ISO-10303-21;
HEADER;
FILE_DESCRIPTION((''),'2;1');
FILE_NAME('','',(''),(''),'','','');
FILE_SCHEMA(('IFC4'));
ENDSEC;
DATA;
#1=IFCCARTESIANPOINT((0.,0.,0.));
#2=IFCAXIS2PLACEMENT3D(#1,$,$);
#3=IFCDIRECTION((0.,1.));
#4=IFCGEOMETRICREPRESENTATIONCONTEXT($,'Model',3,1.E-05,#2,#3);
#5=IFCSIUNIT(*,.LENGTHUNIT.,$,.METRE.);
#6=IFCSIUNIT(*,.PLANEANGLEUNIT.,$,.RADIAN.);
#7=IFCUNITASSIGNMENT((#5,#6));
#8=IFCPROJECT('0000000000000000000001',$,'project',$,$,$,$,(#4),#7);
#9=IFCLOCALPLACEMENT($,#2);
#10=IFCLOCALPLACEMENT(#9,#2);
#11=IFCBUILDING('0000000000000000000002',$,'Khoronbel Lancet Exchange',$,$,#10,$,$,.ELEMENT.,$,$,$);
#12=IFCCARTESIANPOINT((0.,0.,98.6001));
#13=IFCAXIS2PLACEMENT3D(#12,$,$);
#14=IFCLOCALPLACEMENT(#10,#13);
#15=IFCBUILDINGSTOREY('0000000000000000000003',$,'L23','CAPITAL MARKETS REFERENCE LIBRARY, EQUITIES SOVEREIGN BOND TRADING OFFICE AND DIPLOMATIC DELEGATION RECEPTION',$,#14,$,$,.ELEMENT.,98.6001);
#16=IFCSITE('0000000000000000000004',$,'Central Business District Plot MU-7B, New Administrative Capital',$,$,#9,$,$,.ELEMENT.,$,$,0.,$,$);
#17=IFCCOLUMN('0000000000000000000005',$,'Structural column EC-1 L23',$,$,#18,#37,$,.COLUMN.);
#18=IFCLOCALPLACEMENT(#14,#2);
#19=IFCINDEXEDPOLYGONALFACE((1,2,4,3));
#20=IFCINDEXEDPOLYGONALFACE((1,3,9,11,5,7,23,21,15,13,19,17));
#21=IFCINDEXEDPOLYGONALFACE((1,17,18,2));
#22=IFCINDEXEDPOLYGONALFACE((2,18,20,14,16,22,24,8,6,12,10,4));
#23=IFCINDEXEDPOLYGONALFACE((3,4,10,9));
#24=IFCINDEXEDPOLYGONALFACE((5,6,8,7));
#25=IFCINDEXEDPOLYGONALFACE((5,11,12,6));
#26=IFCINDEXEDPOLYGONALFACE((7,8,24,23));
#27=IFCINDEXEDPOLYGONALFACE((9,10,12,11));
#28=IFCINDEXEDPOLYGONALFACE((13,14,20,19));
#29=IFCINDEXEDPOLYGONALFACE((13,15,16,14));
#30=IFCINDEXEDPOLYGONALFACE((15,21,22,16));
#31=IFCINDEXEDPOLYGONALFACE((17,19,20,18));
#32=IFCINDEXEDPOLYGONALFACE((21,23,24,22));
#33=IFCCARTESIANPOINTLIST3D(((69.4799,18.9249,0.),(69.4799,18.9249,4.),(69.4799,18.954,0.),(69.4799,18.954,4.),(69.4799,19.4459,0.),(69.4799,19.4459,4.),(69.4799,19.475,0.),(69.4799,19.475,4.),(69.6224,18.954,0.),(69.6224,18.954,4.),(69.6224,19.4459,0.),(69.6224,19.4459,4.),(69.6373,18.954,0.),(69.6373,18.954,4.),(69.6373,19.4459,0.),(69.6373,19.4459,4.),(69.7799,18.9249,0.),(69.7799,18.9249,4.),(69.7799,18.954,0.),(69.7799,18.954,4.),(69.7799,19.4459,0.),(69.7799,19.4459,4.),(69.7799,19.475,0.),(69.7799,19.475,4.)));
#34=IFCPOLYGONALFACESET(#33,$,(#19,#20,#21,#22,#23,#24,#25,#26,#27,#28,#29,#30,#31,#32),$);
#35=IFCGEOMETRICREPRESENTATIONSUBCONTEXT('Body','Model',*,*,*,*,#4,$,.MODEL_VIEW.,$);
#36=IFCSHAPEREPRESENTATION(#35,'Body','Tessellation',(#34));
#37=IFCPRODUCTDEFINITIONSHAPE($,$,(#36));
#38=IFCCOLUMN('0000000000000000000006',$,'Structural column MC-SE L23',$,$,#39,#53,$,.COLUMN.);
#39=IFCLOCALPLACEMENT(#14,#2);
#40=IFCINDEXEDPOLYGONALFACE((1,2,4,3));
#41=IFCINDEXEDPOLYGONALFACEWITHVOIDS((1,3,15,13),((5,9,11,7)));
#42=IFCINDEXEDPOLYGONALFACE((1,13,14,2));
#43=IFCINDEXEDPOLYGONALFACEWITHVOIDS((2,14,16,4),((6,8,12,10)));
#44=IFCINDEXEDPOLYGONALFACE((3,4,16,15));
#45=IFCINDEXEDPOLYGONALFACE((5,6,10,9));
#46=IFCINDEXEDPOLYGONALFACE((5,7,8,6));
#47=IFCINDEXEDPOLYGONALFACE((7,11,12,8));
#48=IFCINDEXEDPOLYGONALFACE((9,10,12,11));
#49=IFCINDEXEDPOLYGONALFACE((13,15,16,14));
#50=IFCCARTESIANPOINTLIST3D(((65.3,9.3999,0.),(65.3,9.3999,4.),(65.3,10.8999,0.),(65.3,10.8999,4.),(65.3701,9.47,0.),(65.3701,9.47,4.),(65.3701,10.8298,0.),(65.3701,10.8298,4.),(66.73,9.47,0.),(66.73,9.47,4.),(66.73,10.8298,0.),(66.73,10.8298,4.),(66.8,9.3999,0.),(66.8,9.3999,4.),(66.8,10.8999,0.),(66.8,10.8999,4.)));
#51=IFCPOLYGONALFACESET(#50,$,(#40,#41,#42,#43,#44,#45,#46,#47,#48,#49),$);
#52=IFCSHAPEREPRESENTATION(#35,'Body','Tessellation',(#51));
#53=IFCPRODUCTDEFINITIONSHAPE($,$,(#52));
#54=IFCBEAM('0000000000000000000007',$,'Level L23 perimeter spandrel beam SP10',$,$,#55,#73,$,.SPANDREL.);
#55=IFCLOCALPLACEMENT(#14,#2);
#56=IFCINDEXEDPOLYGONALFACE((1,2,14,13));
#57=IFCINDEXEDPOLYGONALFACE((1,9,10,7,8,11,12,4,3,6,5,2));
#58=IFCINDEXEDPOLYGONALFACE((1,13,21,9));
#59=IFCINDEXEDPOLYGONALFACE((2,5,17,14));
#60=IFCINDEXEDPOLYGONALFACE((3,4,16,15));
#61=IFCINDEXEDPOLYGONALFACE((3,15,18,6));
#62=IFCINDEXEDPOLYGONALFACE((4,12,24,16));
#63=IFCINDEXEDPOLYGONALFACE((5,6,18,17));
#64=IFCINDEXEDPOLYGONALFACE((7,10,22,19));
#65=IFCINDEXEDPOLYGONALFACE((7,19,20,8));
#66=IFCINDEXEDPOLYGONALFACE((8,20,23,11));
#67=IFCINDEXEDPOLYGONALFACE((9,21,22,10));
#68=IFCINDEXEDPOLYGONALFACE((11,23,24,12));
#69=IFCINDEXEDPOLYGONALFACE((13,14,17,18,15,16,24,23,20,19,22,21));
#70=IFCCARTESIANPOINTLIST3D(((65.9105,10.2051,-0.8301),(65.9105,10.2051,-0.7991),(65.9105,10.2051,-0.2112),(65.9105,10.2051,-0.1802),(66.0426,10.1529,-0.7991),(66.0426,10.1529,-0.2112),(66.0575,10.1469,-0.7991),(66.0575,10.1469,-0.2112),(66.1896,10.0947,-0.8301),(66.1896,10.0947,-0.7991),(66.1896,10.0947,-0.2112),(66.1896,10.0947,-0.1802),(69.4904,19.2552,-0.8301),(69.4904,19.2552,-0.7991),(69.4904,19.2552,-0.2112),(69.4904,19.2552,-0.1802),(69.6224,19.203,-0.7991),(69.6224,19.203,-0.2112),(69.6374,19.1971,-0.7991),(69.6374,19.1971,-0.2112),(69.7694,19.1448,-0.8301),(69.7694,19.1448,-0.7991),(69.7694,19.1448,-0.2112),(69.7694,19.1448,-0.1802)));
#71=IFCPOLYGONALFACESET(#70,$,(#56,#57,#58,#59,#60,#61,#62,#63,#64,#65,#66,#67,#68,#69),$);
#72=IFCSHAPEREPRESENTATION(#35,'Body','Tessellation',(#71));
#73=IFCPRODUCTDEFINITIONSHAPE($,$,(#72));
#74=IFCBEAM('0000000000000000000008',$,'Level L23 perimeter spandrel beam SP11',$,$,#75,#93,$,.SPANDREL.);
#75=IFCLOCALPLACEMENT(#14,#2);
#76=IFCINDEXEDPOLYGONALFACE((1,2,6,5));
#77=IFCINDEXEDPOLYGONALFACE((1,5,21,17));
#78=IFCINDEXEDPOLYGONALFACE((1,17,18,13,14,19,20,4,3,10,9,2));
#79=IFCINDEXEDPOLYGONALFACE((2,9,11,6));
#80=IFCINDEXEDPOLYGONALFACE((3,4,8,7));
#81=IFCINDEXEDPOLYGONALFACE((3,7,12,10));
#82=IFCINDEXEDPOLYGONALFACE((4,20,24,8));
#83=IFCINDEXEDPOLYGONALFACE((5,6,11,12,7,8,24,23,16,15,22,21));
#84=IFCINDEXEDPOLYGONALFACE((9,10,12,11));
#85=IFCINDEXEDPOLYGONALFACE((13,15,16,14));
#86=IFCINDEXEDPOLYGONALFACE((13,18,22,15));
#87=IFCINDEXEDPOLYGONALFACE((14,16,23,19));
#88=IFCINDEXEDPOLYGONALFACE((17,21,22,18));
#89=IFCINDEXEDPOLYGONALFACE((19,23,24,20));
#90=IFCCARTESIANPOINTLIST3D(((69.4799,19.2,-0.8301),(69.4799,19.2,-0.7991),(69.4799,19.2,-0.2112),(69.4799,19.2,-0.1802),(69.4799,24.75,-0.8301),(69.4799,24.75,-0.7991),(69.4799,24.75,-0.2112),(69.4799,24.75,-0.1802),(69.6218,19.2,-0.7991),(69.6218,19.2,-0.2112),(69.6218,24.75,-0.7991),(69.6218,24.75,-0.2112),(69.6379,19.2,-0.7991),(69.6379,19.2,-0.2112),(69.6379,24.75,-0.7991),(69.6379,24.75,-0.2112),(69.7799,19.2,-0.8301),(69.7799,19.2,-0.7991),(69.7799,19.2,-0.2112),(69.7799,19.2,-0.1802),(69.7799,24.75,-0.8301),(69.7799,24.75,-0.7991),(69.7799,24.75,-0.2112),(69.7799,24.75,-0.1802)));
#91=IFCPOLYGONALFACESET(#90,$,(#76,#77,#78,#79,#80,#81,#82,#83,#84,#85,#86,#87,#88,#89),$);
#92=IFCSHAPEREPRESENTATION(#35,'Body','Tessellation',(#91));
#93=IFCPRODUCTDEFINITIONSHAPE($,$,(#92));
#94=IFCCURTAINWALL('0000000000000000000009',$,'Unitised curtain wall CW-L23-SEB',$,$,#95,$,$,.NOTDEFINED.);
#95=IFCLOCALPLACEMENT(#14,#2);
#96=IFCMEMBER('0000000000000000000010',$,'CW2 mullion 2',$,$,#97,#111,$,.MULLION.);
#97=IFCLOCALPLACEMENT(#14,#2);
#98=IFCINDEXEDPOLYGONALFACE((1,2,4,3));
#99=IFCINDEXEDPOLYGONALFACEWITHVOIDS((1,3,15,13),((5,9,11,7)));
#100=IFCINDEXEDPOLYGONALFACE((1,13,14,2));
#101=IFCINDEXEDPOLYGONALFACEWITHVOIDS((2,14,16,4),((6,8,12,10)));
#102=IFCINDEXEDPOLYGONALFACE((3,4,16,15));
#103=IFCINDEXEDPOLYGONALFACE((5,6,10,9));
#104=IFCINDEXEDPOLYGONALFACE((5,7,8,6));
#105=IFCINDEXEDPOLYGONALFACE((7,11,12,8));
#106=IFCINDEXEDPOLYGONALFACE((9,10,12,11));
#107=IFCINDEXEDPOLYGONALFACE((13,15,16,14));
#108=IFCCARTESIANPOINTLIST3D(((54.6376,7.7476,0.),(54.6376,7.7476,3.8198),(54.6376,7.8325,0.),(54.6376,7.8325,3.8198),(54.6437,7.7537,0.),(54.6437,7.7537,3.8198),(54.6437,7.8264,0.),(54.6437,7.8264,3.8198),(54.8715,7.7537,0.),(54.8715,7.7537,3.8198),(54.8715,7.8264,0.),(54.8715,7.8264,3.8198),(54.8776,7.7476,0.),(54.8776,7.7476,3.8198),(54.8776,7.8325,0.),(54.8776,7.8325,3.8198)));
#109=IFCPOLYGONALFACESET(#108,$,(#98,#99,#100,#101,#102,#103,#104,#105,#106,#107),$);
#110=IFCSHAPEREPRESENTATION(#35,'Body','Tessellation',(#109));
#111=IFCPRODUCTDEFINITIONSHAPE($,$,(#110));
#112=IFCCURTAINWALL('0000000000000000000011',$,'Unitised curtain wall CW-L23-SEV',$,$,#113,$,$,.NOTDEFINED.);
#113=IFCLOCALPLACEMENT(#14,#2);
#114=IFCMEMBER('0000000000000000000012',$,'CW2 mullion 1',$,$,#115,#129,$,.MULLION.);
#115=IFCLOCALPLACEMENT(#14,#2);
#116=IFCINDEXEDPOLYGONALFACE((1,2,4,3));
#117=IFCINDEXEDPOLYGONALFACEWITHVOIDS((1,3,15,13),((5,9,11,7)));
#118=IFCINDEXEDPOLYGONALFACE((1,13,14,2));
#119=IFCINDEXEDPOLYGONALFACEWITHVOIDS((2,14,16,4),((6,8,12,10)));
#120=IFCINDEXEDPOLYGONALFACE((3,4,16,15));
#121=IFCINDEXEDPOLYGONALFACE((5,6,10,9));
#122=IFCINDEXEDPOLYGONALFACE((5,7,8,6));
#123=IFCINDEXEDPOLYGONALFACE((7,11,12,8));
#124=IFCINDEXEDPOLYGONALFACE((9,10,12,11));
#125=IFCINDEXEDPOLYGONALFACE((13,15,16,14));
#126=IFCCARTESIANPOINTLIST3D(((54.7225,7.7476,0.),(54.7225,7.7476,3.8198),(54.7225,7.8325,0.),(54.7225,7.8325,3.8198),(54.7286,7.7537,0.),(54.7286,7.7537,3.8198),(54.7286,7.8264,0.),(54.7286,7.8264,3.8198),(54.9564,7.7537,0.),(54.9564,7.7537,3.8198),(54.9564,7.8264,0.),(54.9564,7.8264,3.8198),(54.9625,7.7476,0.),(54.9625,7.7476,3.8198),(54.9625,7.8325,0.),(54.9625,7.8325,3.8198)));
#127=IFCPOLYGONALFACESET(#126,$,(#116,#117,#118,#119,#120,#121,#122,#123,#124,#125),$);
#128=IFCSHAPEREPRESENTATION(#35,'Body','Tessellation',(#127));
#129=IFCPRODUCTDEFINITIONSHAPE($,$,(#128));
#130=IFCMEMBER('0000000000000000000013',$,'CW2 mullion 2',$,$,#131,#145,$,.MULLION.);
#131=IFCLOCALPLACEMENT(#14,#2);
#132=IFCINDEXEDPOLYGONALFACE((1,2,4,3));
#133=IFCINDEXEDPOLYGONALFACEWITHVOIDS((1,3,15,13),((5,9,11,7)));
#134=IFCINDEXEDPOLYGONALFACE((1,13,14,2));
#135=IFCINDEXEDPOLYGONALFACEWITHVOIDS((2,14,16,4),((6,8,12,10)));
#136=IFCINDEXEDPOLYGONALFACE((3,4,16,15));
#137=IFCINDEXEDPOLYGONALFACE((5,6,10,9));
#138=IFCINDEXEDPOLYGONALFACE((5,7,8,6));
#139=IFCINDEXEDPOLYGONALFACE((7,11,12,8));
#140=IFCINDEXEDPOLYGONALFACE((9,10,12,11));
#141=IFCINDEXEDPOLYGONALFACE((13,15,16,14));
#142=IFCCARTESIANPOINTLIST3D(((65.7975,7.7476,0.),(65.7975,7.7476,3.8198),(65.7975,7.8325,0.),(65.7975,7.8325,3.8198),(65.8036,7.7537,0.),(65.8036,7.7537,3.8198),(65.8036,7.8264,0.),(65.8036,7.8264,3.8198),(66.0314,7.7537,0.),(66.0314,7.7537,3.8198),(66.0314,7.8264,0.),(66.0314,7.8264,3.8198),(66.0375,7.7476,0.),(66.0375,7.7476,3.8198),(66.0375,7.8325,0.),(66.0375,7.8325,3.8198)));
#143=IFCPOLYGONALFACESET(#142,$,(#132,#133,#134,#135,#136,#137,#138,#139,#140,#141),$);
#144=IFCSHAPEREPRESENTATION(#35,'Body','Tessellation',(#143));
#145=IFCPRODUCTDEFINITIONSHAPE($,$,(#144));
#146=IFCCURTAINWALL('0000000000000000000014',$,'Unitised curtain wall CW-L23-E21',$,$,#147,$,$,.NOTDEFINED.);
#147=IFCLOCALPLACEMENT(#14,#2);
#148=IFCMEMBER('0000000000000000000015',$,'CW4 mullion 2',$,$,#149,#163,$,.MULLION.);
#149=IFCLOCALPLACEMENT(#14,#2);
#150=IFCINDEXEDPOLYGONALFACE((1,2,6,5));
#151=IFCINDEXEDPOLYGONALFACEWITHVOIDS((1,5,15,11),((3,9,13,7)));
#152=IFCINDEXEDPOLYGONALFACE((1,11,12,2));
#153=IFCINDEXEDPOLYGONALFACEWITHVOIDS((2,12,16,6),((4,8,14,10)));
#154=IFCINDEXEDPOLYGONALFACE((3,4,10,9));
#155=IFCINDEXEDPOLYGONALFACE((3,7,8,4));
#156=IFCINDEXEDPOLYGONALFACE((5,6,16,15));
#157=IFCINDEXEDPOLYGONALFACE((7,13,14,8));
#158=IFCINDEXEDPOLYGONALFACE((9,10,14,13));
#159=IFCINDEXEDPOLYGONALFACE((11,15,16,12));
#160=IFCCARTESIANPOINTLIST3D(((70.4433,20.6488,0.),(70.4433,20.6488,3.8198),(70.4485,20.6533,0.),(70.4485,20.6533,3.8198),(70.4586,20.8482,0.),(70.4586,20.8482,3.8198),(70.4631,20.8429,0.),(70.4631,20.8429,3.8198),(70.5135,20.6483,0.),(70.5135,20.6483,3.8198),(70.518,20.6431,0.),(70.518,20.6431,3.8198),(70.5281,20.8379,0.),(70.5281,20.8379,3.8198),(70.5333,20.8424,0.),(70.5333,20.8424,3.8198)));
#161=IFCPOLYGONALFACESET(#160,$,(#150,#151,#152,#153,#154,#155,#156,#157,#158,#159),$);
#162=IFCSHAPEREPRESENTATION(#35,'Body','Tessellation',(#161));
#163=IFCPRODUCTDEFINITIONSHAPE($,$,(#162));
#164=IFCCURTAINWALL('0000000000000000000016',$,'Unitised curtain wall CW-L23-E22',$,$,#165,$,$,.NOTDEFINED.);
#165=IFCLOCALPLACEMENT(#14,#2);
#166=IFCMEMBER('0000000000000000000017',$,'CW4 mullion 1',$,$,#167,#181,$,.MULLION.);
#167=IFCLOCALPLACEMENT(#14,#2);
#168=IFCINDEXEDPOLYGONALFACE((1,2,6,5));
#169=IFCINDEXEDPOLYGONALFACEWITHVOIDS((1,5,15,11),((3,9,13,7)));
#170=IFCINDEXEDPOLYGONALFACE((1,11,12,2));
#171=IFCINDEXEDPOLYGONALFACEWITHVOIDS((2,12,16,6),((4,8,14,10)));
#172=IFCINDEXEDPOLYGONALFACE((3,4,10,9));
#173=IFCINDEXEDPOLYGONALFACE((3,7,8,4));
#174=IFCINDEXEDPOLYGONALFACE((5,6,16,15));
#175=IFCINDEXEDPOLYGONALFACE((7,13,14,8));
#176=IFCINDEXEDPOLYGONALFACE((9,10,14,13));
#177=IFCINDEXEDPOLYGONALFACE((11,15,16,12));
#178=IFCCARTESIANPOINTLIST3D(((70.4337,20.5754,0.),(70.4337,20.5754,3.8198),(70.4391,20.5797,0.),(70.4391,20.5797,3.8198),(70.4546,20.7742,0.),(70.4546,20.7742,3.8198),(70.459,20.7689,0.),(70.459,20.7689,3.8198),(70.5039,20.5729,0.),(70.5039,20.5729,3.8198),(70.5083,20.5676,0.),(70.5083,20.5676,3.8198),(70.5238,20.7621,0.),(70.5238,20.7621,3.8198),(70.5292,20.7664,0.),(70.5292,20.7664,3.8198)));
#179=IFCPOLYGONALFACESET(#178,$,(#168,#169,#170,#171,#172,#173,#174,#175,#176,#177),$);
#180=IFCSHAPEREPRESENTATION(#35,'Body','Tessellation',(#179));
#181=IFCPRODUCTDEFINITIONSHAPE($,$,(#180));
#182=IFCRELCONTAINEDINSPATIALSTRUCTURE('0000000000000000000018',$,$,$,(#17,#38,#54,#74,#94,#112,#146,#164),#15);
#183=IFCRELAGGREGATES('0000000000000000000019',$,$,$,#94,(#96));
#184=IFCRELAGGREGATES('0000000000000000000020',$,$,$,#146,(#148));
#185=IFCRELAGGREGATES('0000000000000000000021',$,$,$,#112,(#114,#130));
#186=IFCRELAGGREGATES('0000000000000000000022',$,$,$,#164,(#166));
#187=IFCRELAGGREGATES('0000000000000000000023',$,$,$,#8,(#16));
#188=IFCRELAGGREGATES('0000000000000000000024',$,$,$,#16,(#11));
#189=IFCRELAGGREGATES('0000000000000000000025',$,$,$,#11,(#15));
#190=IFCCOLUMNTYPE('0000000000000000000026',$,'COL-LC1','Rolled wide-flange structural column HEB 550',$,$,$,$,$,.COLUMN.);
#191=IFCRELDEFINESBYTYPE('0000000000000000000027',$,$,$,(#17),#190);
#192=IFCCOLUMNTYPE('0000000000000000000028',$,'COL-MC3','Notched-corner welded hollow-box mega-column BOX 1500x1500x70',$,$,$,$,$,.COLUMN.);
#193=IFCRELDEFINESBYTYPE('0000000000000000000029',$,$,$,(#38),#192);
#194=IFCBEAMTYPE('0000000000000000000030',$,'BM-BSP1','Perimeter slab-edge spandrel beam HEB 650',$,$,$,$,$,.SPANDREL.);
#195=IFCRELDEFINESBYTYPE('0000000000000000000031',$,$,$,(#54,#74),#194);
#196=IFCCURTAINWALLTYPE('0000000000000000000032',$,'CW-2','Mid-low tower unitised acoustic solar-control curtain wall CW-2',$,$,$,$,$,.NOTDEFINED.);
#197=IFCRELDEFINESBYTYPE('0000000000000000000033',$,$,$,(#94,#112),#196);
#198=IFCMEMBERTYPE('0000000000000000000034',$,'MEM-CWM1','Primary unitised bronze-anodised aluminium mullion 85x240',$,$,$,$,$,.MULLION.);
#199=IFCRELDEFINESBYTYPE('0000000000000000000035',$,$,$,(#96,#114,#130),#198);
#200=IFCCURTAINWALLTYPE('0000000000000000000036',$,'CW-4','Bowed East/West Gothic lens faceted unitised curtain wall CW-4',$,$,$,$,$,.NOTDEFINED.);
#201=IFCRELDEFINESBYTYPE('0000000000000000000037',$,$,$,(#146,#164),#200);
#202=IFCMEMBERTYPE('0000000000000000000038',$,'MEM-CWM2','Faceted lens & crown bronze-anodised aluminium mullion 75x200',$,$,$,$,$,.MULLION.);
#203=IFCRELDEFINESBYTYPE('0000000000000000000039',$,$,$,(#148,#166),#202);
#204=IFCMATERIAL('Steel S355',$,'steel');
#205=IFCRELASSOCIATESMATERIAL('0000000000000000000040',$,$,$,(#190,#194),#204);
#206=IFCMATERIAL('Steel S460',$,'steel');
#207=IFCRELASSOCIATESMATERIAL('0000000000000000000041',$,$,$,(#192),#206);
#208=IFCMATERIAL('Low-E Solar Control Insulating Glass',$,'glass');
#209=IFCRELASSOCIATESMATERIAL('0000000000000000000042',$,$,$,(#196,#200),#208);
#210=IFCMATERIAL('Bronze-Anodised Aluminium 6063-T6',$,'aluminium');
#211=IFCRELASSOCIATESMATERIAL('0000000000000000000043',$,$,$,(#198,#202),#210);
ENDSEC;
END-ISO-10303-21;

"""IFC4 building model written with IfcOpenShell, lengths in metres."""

from ifc_helpers import new_model, si_unit, direction, frame, origin, origin_2d, place, context, subcontext, project, spatial, hollow_rectangle, i_section, extrude, material, material_profile, profile_set, type_object, element, aggregate, save


model = new_model("IFC4")

# Units and contexts
model_context = context("Model", 3, precision=1e-05, world=origin(), true_north=direction((0.0, 1.0)))
body_context = subcontext(model_context, "Body", "Model", "MODEL_VIEW")
ifc_project = project(units=[si_unit("LENGTHUNIT", "METRE"), si_unit("PLANEANGLEUNIT", "RADIAN")], contexts=[model_context])

# Site, building, storey
site_placement = place(None, origin())
site = spatial("IfcSite", under=ifc_project, at=site_placement, Name="Central Business District Plot MU-7B, New Administrative Capital", CompositionType="ELEMENT", RefElevation=0.0)
building_placement = place(site_placement, origin())
building = spatial("IfcBuilding", under=site, at=building_placement, Name="Khoronbel Lancet Exchange", CompositionType="ELEMENT")
storey_placement = place(building_placement, frame((0.0, 0.0, 98.6001)))
storey = spatial("IfcBuildingStorey", under=building, at=storey_placement, Name="L23", Description="CAPITAL MARKETS REFERENCE LIBRARY, EQUITIES SOVEREIGN BOND TRADING OFFICE AND DIPLOMATIC DELEGATION RECEPTION", CompositionType="ELEMENT", Elevation=98.6001)

# Columns
ifc_material_1 = material(Name="Steel S355", Category="steel")
ifc_material_profile_1 = material_profile(ifc_material_1, i_section(OverallWidth=0.3, OverallDepth=0.55, WebThickness=0.0149, FlangeThickness=0.0291, at=origin_2d()), Name="HEB 550")
ifc_profile_set_1 = profile_set([ifc_material_profile_1], Name="Steel S355")
column_type_1 = type_object("IfcColumnType", Name="COL-LC1", Description="Rolled wide-flange structural column HEB 550", PredefinedType="COLUMN", material=ifc_profile_set_1)
column_1_placement = place(storey_placement, frame((69.6299, 19.2, 0.0), z_axis=(0.0, 0.0, 1.0), x_axis=(1.0, 0.0, 0.0)))
element("IfcColumn", 1, at=column_1_placement, inside=storey, type_object=column_type_1, Name="Structural column EC-1 L23", PredefinedType="COLUMN", context=body_context, shape_type="SweptSolid", body=[
    extrude(i_section(OverallWidth=0.3, OverallDepth=0.55, WebThickness=0.0149, FlangeThickness=0.0291, at=origin_2d()), origin(), (0.0, 0.0, 1.0), 4.0),
])
ifc_material_2 = material(Name="Steel S460", Category="steel")
ifc_material_profile_2 = material_profile(ifc_material_2, hollow_rectangle(XDim=1.5, YDim=1.5, WallThickness=0.0701, at=origin_2d()), Name="BOX 1500x1500x70")
ifc_profile_set_2 = profile_set([ifc_material_profile_2], Name="Steel S460")
column_type_2 = type_object("IfcColumnType", Name="COL-MC3", Description="Notched-corner welded hollow-box mega-column BOX 1500x1500x70", PredefinedType="COLUMN", material=ifc_profile_set_2)
column_2_placement = place(storey_placement, frame((66.05, 10.1499, 0.0), z_axis=(0.0, 0.0, 1.0), x_axis=(1.0, 0.0, 0.0)))
element("IfcColumn", 2, at=column_2_placement, inside=storey, type_object=column_type_2, Name="Structural column MC-SE L23", PredefinedType="COLUMN", context=body_context, shape_type="SweptSolid", body=[
    extrude(hollow_rectangle(XDim=1.5, YDim=1.5, WallThickness=0.0701, at=origin_2d()), origin(), (0.0, 0.0, 1.0), 4.0),
])

# Beams
ifc_material_profile_3 = material_profile(ifc_material_1, i_section(OverallWidth=0.3, OverallDepth=0.6499, WebThickness=0.0161, FlangeThickness=0.031, at=origin_2d()), Name="HEB 650")
ifc_profile_set_3 = profile_set([ifc_material_profile_3], Name="Steel S355")
beam_type = type_object("IfcBeamType", Name="BM-BSP1", Description="Perimeter slab-edge spandrel beam HEB 650", PredefinedType="SPANDREL", material=ifc_profile_set_3)
beam_1_placement = place(storey_placement, frame((66.05, 10.1499, -0.5051), z_axis=(0.367828, 0.929894, 0.0), x_axis=(-0.929894, 0.367828, 0.0)))
element("IfcBeam", 3, at=beam_1_placement, inside=storey, type_object=beam_type, Name="Level L23 perimeter spandrel beam SP10", PredefinedType="SPANDREL", context=body_context, shape_type="SweptSolid", body=[
    extrude(i_section(OverallWidth=0.3, OverallDepth=0.6499, WebThickness=0.0161, FlangeThickness=0.031, at=origin_2d()), origin(), (0.0, 0.0, 1.0), 9.7324),
])
beam_2_placement = place(storey_placement, frame((69.6299, 19.2, -0.5051), z_axis=(0.0, 1.0, 0.0), x_axis=(-1.0, 0.0, 0.0)))
element("IfcBeam", 4, at=beam_2_placement, inside=storey, type_object=beam_type, Name="Level L23 perimeter spandrel beam SP11", PredefinedType="SPANDREL", context=body_context, shape_type="SweptSolid", body=[
    extrude(i_section(OverallWidth=0.3, OverallDepth=0.6499, WebThickness=0.0161, FlangeThickness=0.031, at=origin_2d()), origin(), (0.0, 0.0, 1.0), 5.55),
])

# Curtain wall, member
ifc_material_3 = material(Name="Low-E Solar Control Insulating Glass", Category="glass")
curtain_wall_type_1 = type_object("IfcCurtainWallType", Name="CW-2", Description="Mid-low tower unitised acoustic solar-control curtain wall CW-2", PredefinedType="NOTDEFINED", material=ifc_material_3)
curtain_wall_1_placement = place(storey_placement, origin())
curtain_wall_1 = element("IfcCurtainWall", 5, at=curtain_wall_1_placement, inside=storey, type_object=curtain_wall_type_1, Name="Unitised curtain wall CW-L23-SEB", PredefinedType="NOTDEFINED")
ifc_material_4 = material(Name="Bronze-Anodised Aluminium 6063-T6", Category="aluminium")
ifc_material_profile_4 = material_profile(ifc_material_4, hollow_rectangle(XDim=0.085, YDim=0.24, WallThickness=0.0061, at=origin_2d()), Name="ALU MULLION 85x240")
ifc_profile_set_4 = profile_set([ifc_material_profile_4], Name="Bronze-Anodised Aluminium 6063-T6")
member_type_1 = type_object("IfcMemberType", Name="MEM-CWM1", Description="Primary unitised bronze-anodised aluminium mullion 85x240", PredefinedType="MULLION", material=ifc_profile_set_4)
member_1_placement = place(storey_placement, frame((54.7576, 7.79, 0.0), z_axis=(0.0, 0.0, 1.0), x_axis=(0.0, 1.0, 0.0)))
member_1 = element("IfcMember", 6, at=member_1_placement, type_object=member_type_1, Name="CW2 mullion 2", PredefinedType="MULLION", context=body_context, shape_type="SweptSolid", body=[
    extrude(hollow_rectangle(XDim=0.085, YDim=0.24, WallThickness=0.0061, at=origin_2d()), origin(), (0.0, 0.0, 1.0), 3.8198),
])
aggregate(curtain_wall_1, [member_1])

# Curtain wall, members
curtain_wall_2_placement = place(storey_placement, origin())
curtain_wall_2 = element("IfcCurtainWall", 7, at=curtain_wall_2_placement, inside=storey, type_object=curtain_wall_type_1, Name="Unitised curtain wall CW-L23-SEV", PredefinedType="NOTDEFINED")
member_2_placement = place(storey_placement, frame((54.8425, 7.79, 0.0), z_axis=(0.0, 0.0, 1.0), x_axis=(0.0, 1.0, 0.0)))
member_2 = element("IfcMember", 8, at=member_2_placement, type_object=member_type_1, Name="CW2 mullion 1", PredefinedType="MULLION", context=body_context, shape_type="SweptSolid", body=[
    extrude(hollow_rectangle(XDim=0.085, YDim=0.24, WallThickness=0.0061, at=origin_2d()), origin(), (0.0, 0.0, 1.0), 3.8198),
])
member_3_placement = place(storey_placement, frame((65.9175, 7.79, 0.0), z_axis=(0.0, 0.0, 1.0), x_axis=(0.0, 1.0, 0.0)))
member_3 = element("IfcMember", 9, at=member_3_placement, type_object=member_type_1, Name="CW2 mullion 2", PredefinedType="MULLION", context=body_context, shape_type="SweptSolid", body=[
    extrude(hollow_rectangle(XDim=0.085, YDim=0.24, WallThickness=0.0061, at=origin_2d()), origin(), (0.0, 0.0, 1.0), 3.8198),
])

# Curtain wall, member
curtain_wall_type_2 = type_object("IfcCurtainWallType", Name="CW-4", Description="Bowed East/West Gothic lens faceted unitised curtain wall CW-4", PredefinedType="NOTDEFINED", material=ifc_material_3)
curtain_wall_3_placement = place(storey_placement, origin())
curtain_wall_3 = element("IfcCurtainWall", 10, at=curtain_wall_3_placement, inside=storey, type_object=curtain_wall_type_2, Name="Unitised curtain wall CW-L23-E21", PredefinedType="NOTDEFINED")
ifc_material_profile_5 = material_profile(ifc_material_4, hollow_rectangle(XDim=0.075, YDim=0.2, WallThickness=0.0049, at=origin_2d()), Name="ALU MULLION 75x200")
ifc_profile_set_5 = profile_set([ifc_material_profile_5], Name="Bronze-Anodised Aluminium 6063-T6")
member_type_2 = type_object("IfcMemberType", Name="MEM-CWM2", Description="Faceted lens & crown bronze-anodised aluminium mullion 75x200", PredefinedType="MULLION", material=ifc_profile_set_5)
member_4_placement = place(storey_placement, frame((70.4883, 20.7456, 0.0), z_axis=(0.0, 0.0, 1.0), x_axis=(0.99706, -0.076626, 0.0)))
member_4 = element("IfcMember", 11, at=member_4_placement, type_object=member_type_2, Name="CW4 mullion 2", PredefinedType="MULLION", context=body_context, shape_type="SweptSolid", body=[
    extrude(hollow_rectangle(XDim=0.075, YDim=0.2, WallThickness=0.0049, at=origin_2d()), origin(), (0.0, 0.0, 1.0), 3.8198),
])
aggregate(curtain_wall_3, [member_4])

# Curtain wall, member
curtain_wall_4_placement = place(storey_placement, origin())
curtain_wall_4 = element("IfcCurtainWall", 12, at=curtain_wall_4_placement, inside=storey, type_object=curtain_wall_type_2, Name="Unitised curtain wall CW-L23-E22", PredefinedType="NOTDEFINED")
member_5_placement = place(storey_placement, frame((70.4814, 20.6709, 0.0), z_axis=(0.0, 0.0, 1.0), x_axis=(0.994532, -0.104434, 0.0)))
member_5 = element("IfcMember", 13, at=member_5_placement, type_object=member_type_2, Name="CW4 mullion 1", PredefinedType="MULLION", context=body_context, shape_type="SweptSolid", body=[
    extrude(hollow_rectangle(XDim=0.075, YDim=0.2, WallThickness=0.0049, at=origin_2d()), origin(), (0.0, 0.0, 1.0), 3.8198),
])

aggregate(curtain_wall_2, [member_2, member_3])
aggregate(curtain_wall_4, [member_5])

save(model, "model.ifc")
